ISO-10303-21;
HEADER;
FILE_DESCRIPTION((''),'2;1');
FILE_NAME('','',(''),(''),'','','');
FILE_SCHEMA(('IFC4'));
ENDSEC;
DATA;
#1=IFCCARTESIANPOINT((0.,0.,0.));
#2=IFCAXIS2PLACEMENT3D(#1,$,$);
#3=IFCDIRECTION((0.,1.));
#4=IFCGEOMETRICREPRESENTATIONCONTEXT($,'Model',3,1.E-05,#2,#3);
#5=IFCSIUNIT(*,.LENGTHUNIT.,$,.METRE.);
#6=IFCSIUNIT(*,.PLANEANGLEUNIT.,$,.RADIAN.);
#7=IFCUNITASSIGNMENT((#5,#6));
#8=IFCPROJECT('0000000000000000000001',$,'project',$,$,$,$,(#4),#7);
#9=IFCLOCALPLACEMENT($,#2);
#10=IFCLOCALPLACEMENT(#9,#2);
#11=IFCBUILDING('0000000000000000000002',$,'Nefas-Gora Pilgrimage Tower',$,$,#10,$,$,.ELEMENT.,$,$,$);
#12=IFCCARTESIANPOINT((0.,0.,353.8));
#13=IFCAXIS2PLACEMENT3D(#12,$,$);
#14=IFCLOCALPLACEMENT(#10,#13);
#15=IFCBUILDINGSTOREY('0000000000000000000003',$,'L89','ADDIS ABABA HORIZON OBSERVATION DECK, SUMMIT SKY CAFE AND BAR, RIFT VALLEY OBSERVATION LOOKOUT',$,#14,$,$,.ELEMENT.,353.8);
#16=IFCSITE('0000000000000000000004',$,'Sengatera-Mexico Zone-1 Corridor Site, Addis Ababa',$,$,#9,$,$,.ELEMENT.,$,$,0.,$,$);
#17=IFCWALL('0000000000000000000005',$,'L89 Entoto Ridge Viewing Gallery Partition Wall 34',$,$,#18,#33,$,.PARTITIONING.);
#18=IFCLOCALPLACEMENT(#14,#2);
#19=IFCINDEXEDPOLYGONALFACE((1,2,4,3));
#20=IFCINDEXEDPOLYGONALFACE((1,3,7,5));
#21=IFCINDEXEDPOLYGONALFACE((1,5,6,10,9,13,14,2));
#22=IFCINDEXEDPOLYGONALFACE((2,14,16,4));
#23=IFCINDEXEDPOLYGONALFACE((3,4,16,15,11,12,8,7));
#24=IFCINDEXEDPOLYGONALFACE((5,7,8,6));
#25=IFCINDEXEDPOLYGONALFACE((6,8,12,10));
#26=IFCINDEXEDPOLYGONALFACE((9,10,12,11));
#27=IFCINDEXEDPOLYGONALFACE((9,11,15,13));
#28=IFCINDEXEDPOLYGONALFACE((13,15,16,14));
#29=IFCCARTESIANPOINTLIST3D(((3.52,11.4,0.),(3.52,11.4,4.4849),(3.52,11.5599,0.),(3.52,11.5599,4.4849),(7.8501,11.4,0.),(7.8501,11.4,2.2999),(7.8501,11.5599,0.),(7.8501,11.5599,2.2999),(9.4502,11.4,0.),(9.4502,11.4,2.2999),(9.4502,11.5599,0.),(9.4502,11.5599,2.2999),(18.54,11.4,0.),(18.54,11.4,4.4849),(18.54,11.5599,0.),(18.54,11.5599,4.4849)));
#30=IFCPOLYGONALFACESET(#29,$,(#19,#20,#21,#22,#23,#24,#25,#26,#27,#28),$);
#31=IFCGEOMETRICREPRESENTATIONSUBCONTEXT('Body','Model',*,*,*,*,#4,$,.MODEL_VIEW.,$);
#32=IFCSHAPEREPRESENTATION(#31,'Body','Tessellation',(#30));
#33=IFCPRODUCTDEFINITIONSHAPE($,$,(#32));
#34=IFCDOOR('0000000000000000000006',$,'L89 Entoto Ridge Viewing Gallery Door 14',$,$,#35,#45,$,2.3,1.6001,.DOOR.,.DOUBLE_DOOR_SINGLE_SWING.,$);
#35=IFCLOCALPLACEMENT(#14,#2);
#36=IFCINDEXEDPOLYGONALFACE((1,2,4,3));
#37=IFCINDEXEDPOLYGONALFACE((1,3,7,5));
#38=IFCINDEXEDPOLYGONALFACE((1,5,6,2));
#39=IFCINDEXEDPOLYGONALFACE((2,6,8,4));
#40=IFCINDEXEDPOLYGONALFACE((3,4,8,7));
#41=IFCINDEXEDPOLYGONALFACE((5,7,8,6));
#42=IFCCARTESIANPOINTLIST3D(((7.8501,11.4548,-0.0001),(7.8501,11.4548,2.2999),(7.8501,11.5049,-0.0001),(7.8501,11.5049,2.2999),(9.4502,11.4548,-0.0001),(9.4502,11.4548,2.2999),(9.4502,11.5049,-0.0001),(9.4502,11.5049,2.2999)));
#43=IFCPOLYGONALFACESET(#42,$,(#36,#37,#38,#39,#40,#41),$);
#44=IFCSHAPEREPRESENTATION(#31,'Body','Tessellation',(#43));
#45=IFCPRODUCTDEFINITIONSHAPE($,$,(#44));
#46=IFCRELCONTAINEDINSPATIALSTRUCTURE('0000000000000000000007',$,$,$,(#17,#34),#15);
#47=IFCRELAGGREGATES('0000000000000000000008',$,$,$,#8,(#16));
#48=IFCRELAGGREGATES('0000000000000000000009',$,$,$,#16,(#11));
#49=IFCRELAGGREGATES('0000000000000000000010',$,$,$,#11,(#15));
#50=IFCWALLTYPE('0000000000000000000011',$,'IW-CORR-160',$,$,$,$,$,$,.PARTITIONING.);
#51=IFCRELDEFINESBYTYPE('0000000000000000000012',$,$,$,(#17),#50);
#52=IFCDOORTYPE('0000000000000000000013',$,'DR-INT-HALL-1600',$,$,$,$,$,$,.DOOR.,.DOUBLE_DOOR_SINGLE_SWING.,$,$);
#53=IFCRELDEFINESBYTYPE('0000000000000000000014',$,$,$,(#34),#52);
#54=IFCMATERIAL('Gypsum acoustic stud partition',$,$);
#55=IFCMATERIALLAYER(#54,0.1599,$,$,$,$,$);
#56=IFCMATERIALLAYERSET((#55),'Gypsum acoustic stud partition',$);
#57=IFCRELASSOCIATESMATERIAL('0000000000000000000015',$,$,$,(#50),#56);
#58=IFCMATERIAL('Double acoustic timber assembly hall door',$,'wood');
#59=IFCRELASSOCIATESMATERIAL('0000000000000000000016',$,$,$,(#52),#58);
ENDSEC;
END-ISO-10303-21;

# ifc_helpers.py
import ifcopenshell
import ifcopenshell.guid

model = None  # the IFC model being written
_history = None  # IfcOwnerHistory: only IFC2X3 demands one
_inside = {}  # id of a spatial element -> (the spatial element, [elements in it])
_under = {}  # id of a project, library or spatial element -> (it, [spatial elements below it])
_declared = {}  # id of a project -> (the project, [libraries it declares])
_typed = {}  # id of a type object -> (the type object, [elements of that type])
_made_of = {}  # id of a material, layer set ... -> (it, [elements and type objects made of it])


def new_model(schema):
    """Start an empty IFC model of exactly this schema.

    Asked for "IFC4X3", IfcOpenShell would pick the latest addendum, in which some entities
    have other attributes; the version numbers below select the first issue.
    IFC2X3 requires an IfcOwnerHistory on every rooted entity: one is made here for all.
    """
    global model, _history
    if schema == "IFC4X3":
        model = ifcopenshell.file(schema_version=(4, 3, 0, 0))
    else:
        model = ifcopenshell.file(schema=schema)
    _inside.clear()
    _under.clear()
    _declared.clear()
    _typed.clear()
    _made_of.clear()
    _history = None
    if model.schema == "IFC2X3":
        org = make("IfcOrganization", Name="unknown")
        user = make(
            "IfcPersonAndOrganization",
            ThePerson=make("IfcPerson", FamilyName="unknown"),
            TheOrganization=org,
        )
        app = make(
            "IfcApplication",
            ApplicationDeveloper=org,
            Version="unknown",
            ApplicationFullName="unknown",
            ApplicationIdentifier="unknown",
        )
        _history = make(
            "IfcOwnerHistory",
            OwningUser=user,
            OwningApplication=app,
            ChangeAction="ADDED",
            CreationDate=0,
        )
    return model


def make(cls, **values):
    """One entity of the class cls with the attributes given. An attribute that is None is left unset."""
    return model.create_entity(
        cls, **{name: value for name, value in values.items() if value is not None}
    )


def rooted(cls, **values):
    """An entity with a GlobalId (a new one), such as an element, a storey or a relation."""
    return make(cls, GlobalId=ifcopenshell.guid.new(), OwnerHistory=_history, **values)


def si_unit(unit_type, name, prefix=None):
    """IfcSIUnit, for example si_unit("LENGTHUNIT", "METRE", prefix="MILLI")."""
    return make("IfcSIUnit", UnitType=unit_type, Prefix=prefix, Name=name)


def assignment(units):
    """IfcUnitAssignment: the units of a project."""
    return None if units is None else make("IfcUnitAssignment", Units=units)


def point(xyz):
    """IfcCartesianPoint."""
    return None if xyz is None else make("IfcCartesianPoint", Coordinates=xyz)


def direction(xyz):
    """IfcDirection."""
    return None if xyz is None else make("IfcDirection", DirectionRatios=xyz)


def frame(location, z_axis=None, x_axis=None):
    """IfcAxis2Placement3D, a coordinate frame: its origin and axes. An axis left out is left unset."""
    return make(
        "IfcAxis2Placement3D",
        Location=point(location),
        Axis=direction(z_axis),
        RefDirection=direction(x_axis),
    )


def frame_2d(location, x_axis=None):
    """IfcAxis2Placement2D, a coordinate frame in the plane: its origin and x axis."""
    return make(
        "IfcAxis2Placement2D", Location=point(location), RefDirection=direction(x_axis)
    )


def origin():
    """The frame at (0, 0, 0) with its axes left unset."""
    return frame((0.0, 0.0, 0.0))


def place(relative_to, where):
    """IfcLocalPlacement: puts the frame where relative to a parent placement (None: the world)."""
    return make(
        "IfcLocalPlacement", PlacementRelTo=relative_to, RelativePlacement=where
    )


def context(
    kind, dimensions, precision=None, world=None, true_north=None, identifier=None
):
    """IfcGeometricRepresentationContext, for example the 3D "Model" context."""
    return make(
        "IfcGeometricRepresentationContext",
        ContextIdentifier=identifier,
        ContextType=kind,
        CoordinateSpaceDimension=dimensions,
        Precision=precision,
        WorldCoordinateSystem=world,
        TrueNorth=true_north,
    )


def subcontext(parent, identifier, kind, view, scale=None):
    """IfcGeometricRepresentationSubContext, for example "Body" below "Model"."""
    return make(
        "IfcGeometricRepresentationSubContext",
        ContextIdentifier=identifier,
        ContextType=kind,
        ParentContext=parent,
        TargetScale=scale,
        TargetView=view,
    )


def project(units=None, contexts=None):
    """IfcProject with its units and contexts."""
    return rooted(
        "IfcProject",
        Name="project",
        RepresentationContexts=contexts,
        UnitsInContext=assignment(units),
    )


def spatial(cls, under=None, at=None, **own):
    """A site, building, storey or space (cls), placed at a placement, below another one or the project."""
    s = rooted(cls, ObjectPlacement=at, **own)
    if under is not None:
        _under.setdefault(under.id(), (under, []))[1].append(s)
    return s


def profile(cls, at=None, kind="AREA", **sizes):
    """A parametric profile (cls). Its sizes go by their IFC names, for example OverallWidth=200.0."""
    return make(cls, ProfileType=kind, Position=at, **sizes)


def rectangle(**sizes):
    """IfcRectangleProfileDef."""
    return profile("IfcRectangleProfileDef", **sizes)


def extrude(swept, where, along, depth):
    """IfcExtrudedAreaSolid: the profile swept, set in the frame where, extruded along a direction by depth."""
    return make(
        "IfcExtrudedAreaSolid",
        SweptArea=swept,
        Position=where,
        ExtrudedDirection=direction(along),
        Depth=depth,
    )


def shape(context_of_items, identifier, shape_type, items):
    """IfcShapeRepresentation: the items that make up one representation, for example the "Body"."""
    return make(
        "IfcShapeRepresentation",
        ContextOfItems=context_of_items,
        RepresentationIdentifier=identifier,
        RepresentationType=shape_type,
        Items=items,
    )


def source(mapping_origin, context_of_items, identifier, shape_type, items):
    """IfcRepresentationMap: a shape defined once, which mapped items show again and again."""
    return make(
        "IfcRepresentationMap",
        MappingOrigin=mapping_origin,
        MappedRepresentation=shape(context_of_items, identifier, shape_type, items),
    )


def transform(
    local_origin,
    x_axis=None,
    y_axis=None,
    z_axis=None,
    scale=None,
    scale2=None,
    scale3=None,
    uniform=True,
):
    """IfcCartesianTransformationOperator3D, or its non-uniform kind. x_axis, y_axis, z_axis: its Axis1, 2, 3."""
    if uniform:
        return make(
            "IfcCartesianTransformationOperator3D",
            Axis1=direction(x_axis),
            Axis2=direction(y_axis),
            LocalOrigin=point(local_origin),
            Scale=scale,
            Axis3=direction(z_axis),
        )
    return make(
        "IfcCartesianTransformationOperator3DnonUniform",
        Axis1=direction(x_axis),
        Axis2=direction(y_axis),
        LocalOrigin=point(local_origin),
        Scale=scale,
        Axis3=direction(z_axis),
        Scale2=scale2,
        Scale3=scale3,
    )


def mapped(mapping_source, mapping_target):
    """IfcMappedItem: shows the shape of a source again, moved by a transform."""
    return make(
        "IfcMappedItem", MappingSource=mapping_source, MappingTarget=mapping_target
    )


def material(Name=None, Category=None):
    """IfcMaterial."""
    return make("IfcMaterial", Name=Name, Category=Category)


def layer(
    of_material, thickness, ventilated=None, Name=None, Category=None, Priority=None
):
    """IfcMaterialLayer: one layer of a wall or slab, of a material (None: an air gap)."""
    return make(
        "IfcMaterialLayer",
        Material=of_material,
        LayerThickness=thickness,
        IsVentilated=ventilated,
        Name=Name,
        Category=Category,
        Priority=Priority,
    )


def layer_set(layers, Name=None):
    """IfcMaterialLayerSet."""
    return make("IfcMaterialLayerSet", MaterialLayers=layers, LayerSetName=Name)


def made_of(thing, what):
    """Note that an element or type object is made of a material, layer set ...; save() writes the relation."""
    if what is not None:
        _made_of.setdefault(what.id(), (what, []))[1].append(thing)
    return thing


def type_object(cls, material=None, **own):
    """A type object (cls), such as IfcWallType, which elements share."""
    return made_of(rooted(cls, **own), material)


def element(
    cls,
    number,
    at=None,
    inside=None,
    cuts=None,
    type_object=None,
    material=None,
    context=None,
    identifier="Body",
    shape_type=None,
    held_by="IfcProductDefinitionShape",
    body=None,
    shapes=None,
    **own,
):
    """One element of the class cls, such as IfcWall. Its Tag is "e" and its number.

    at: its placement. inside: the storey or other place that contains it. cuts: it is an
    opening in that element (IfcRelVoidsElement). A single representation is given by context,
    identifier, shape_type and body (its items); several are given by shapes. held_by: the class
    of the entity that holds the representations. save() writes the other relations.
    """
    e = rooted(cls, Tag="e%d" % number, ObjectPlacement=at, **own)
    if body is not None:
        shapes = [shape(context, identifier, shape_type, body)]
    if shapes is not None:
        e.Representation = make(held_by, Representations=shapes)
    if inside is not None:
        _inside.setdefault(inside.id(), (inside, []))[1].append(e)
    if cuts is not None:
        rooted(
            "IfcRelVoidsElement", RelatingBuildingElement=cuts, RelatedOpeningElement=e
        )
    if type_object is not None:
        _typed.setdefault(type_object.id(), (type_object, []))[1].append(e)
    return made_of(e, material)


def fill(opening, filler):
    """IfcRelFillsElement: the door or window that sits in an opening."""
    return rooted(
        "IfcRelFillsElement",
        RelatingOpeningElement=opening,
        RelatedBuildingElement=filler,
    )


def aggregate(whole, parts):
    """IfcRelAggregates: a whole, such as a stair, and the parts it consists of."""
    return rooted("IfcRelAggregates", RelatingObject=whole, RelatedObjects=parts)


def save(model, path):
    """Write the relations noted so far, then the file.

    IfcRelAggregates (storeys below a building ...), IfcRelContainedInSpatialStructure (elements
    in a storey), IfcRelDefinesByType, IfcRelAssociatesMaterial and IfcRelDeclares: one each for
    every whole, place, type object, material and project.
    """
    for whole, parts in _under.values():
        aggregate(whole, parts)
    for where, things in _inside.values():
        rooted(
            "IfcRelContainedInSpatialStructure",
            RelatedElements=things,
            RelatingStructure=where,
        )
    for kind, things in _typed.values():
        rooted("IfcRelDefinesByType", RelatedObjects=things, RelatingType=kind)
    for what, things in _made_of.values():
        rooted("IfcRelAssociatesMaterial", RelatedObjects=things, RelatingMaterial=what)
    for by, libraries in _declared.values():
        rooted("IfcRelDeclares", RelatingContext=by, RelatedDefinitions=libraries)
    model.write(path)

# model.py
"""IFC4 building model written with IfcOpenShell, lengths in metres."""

from ifc_helpers import new_model, si_unit, direction, frame, frame_2d, origin, place, context, subcontext, project, spatial, rectangle, extrude, source, transform, mapped, material, layer, layer_set, type_object, element, fill, save


model = new_model("IFC4")

# Units and contexts
model_context = context("Model", 3, precision=1e-05, world=origin(), true_north=direction((0.0, 1.0)))
body_context = subcontext(model_context, "Body", "Model", "MODEL_VIEW")
ifc_project = project(units=[si_unit("LENGTHUNIT", "METRE"), si_unit("PLANEANGLEUNIT", "RADIAN")], contexts=[model_context])

# Site, building, storey
site_placement = place(None, origin())
site = spatial("IfcSite", under=ifc_project, at=site_placement, Name="Sengatera-Mexico Zone-1 Corridor Site, Addis Ababa", CompositionType="ELEMENT", RefElevation=0.0)
building_placement = place(site_placement, origin())
building = spatial("IfcBuilding", under=site, at=building_placement, Name="Nefas-Gora Pilgrimage Tower", CompositionType="ELEMENT")
storey_placement = place(building_placement, frame((0.0, 0.0, 353.8)))
storey = spatial("IfcBuildingStorey", under=building, at=storey_placement, Name="L89", Description="ADDIS ABABA HORIZON OBSERVATION DECK, SUMMIT SKY CAFE AND BAR, RIFT VALLEY OBSERVATION LOOKOUT", CompositionType="ELEMENT", Elevation=353.8)

# Shared definitions
ifc_material_1 = material(Name="Gypsum acoustic stud partition")
ifc_layer_1 = layer(ifc_material_1, 0.1599)
ifc_layer_set_1 = layer_set([ifc_layer_1], Name="Gypsum acoustic stud partition")
wall_type_1 = type_object("IfcWallType", Name="IW-CORR-160", PredefinedType="PARTITIONING", material=ifc_layer_set_1)
ifc_material_2 = material(Name="Double acoustic timber assembly hall door", Category="wood")
door_type_1 = type_object("IfcDoorType", Name="DR-INT-HALL-1600", OperationType="DOUBLE_DOOR_SINGLE_SWING", PredefinedType="DOOR", material=ifc_material_2)
shared_shape_1 = source(origin(), body_context, "Body", "SweptSolid", [
    extrude(rectangle(XDim=1.6001, YDim=2.3, at=frame_2d((0.8, 1.1499))), frame((0.0, 0.0249, 0.0), z_axis=(0.0, -1.0, 0.0), x_axis=(1.0, 0.0, 0.0)), (0.0, 0.0, 1.0), 0.05),
])

# Wall, opening, door
shared_shape_2 = source(origin(), body_context, "Body", "SweptSolid", [
    extrude(rectangle(XDim=15.02, YDim=0.1599, at=frame_2d((7.51, 0.0))), origin(), (0.0, 0.0, 1.0), 4.4849),
])
wall_1_placement = place(storey_placement, frame((3.52, 11.48, 0.0), z_axis=(0.0, 0.0, 1.0), x_axis=(1.0, 0.0, 0.0)))
wall_1 = element("IfcWall", 1, at=wall_1_placement, inside=storey, type_object=wall_type_1, Name="L89 Entoto Ridge Viewing Gallery Partition Wall 34", PredefinedType="PARTITIONING", context=body_context, shape_type="MappedRepresentation", body=[
    mapped(shared_shape_2, transform((0.0, 0.0, 0.0), x_axis=(1.0, 0.0, 0.0), y_axis=(0.0, 1.0, 0.0), z_axis=(0.0, 0.0, 1.0), scale=1.0)),
])
opening_1_placement = place(wall_1_placement, frame((4.3301, 0.0, 0.0)))
opening_1 = element("IfcOpeningElement", 2, at=opening_1_placement, cuts=wall_1, PredefinedType="OPENING", context=body_context, shape_type="SweptSolid", body=[
    extrude(rectangle(XDim=1.6001, YDim=2.3, at=frame_2d((0.8, 1.1499))), frame((0.0, 0.0898, 0.0), z_axis=(0.0, -1.0, 0.0), x_axis=(1.0, 0.0, 0.0)), (0.0, 0.0, 1.0), 0.1799),
])
door_1_placement = place(opening_1_placement, origin())
door_1 = element("IfcDoor", 3, at=door_1_placement, inside=storey, type_object=door_type_1, Name="L89 Entoto Ridge Viewing Gallery Door 14", OperationType="DOUBLE_DOOR_SINGLE_SWING", OverallHeight=2.3, OverallWidth=1.6001, PredefinedType="DOOR", context=body_context, shape_type="MappedRepresentation", body=[
    mapped(shared_shape_1, transform((0.0, 0.0, 0.0), x_axis=(1.0, 0.0, 0.0), y_axis=(0.0, 1.0, 0.0), z_axis=(0.0, 0.0, 1.0), scale=1.0)),
])
fill(opening_1, door_1)

save(model, "model.ifc")
